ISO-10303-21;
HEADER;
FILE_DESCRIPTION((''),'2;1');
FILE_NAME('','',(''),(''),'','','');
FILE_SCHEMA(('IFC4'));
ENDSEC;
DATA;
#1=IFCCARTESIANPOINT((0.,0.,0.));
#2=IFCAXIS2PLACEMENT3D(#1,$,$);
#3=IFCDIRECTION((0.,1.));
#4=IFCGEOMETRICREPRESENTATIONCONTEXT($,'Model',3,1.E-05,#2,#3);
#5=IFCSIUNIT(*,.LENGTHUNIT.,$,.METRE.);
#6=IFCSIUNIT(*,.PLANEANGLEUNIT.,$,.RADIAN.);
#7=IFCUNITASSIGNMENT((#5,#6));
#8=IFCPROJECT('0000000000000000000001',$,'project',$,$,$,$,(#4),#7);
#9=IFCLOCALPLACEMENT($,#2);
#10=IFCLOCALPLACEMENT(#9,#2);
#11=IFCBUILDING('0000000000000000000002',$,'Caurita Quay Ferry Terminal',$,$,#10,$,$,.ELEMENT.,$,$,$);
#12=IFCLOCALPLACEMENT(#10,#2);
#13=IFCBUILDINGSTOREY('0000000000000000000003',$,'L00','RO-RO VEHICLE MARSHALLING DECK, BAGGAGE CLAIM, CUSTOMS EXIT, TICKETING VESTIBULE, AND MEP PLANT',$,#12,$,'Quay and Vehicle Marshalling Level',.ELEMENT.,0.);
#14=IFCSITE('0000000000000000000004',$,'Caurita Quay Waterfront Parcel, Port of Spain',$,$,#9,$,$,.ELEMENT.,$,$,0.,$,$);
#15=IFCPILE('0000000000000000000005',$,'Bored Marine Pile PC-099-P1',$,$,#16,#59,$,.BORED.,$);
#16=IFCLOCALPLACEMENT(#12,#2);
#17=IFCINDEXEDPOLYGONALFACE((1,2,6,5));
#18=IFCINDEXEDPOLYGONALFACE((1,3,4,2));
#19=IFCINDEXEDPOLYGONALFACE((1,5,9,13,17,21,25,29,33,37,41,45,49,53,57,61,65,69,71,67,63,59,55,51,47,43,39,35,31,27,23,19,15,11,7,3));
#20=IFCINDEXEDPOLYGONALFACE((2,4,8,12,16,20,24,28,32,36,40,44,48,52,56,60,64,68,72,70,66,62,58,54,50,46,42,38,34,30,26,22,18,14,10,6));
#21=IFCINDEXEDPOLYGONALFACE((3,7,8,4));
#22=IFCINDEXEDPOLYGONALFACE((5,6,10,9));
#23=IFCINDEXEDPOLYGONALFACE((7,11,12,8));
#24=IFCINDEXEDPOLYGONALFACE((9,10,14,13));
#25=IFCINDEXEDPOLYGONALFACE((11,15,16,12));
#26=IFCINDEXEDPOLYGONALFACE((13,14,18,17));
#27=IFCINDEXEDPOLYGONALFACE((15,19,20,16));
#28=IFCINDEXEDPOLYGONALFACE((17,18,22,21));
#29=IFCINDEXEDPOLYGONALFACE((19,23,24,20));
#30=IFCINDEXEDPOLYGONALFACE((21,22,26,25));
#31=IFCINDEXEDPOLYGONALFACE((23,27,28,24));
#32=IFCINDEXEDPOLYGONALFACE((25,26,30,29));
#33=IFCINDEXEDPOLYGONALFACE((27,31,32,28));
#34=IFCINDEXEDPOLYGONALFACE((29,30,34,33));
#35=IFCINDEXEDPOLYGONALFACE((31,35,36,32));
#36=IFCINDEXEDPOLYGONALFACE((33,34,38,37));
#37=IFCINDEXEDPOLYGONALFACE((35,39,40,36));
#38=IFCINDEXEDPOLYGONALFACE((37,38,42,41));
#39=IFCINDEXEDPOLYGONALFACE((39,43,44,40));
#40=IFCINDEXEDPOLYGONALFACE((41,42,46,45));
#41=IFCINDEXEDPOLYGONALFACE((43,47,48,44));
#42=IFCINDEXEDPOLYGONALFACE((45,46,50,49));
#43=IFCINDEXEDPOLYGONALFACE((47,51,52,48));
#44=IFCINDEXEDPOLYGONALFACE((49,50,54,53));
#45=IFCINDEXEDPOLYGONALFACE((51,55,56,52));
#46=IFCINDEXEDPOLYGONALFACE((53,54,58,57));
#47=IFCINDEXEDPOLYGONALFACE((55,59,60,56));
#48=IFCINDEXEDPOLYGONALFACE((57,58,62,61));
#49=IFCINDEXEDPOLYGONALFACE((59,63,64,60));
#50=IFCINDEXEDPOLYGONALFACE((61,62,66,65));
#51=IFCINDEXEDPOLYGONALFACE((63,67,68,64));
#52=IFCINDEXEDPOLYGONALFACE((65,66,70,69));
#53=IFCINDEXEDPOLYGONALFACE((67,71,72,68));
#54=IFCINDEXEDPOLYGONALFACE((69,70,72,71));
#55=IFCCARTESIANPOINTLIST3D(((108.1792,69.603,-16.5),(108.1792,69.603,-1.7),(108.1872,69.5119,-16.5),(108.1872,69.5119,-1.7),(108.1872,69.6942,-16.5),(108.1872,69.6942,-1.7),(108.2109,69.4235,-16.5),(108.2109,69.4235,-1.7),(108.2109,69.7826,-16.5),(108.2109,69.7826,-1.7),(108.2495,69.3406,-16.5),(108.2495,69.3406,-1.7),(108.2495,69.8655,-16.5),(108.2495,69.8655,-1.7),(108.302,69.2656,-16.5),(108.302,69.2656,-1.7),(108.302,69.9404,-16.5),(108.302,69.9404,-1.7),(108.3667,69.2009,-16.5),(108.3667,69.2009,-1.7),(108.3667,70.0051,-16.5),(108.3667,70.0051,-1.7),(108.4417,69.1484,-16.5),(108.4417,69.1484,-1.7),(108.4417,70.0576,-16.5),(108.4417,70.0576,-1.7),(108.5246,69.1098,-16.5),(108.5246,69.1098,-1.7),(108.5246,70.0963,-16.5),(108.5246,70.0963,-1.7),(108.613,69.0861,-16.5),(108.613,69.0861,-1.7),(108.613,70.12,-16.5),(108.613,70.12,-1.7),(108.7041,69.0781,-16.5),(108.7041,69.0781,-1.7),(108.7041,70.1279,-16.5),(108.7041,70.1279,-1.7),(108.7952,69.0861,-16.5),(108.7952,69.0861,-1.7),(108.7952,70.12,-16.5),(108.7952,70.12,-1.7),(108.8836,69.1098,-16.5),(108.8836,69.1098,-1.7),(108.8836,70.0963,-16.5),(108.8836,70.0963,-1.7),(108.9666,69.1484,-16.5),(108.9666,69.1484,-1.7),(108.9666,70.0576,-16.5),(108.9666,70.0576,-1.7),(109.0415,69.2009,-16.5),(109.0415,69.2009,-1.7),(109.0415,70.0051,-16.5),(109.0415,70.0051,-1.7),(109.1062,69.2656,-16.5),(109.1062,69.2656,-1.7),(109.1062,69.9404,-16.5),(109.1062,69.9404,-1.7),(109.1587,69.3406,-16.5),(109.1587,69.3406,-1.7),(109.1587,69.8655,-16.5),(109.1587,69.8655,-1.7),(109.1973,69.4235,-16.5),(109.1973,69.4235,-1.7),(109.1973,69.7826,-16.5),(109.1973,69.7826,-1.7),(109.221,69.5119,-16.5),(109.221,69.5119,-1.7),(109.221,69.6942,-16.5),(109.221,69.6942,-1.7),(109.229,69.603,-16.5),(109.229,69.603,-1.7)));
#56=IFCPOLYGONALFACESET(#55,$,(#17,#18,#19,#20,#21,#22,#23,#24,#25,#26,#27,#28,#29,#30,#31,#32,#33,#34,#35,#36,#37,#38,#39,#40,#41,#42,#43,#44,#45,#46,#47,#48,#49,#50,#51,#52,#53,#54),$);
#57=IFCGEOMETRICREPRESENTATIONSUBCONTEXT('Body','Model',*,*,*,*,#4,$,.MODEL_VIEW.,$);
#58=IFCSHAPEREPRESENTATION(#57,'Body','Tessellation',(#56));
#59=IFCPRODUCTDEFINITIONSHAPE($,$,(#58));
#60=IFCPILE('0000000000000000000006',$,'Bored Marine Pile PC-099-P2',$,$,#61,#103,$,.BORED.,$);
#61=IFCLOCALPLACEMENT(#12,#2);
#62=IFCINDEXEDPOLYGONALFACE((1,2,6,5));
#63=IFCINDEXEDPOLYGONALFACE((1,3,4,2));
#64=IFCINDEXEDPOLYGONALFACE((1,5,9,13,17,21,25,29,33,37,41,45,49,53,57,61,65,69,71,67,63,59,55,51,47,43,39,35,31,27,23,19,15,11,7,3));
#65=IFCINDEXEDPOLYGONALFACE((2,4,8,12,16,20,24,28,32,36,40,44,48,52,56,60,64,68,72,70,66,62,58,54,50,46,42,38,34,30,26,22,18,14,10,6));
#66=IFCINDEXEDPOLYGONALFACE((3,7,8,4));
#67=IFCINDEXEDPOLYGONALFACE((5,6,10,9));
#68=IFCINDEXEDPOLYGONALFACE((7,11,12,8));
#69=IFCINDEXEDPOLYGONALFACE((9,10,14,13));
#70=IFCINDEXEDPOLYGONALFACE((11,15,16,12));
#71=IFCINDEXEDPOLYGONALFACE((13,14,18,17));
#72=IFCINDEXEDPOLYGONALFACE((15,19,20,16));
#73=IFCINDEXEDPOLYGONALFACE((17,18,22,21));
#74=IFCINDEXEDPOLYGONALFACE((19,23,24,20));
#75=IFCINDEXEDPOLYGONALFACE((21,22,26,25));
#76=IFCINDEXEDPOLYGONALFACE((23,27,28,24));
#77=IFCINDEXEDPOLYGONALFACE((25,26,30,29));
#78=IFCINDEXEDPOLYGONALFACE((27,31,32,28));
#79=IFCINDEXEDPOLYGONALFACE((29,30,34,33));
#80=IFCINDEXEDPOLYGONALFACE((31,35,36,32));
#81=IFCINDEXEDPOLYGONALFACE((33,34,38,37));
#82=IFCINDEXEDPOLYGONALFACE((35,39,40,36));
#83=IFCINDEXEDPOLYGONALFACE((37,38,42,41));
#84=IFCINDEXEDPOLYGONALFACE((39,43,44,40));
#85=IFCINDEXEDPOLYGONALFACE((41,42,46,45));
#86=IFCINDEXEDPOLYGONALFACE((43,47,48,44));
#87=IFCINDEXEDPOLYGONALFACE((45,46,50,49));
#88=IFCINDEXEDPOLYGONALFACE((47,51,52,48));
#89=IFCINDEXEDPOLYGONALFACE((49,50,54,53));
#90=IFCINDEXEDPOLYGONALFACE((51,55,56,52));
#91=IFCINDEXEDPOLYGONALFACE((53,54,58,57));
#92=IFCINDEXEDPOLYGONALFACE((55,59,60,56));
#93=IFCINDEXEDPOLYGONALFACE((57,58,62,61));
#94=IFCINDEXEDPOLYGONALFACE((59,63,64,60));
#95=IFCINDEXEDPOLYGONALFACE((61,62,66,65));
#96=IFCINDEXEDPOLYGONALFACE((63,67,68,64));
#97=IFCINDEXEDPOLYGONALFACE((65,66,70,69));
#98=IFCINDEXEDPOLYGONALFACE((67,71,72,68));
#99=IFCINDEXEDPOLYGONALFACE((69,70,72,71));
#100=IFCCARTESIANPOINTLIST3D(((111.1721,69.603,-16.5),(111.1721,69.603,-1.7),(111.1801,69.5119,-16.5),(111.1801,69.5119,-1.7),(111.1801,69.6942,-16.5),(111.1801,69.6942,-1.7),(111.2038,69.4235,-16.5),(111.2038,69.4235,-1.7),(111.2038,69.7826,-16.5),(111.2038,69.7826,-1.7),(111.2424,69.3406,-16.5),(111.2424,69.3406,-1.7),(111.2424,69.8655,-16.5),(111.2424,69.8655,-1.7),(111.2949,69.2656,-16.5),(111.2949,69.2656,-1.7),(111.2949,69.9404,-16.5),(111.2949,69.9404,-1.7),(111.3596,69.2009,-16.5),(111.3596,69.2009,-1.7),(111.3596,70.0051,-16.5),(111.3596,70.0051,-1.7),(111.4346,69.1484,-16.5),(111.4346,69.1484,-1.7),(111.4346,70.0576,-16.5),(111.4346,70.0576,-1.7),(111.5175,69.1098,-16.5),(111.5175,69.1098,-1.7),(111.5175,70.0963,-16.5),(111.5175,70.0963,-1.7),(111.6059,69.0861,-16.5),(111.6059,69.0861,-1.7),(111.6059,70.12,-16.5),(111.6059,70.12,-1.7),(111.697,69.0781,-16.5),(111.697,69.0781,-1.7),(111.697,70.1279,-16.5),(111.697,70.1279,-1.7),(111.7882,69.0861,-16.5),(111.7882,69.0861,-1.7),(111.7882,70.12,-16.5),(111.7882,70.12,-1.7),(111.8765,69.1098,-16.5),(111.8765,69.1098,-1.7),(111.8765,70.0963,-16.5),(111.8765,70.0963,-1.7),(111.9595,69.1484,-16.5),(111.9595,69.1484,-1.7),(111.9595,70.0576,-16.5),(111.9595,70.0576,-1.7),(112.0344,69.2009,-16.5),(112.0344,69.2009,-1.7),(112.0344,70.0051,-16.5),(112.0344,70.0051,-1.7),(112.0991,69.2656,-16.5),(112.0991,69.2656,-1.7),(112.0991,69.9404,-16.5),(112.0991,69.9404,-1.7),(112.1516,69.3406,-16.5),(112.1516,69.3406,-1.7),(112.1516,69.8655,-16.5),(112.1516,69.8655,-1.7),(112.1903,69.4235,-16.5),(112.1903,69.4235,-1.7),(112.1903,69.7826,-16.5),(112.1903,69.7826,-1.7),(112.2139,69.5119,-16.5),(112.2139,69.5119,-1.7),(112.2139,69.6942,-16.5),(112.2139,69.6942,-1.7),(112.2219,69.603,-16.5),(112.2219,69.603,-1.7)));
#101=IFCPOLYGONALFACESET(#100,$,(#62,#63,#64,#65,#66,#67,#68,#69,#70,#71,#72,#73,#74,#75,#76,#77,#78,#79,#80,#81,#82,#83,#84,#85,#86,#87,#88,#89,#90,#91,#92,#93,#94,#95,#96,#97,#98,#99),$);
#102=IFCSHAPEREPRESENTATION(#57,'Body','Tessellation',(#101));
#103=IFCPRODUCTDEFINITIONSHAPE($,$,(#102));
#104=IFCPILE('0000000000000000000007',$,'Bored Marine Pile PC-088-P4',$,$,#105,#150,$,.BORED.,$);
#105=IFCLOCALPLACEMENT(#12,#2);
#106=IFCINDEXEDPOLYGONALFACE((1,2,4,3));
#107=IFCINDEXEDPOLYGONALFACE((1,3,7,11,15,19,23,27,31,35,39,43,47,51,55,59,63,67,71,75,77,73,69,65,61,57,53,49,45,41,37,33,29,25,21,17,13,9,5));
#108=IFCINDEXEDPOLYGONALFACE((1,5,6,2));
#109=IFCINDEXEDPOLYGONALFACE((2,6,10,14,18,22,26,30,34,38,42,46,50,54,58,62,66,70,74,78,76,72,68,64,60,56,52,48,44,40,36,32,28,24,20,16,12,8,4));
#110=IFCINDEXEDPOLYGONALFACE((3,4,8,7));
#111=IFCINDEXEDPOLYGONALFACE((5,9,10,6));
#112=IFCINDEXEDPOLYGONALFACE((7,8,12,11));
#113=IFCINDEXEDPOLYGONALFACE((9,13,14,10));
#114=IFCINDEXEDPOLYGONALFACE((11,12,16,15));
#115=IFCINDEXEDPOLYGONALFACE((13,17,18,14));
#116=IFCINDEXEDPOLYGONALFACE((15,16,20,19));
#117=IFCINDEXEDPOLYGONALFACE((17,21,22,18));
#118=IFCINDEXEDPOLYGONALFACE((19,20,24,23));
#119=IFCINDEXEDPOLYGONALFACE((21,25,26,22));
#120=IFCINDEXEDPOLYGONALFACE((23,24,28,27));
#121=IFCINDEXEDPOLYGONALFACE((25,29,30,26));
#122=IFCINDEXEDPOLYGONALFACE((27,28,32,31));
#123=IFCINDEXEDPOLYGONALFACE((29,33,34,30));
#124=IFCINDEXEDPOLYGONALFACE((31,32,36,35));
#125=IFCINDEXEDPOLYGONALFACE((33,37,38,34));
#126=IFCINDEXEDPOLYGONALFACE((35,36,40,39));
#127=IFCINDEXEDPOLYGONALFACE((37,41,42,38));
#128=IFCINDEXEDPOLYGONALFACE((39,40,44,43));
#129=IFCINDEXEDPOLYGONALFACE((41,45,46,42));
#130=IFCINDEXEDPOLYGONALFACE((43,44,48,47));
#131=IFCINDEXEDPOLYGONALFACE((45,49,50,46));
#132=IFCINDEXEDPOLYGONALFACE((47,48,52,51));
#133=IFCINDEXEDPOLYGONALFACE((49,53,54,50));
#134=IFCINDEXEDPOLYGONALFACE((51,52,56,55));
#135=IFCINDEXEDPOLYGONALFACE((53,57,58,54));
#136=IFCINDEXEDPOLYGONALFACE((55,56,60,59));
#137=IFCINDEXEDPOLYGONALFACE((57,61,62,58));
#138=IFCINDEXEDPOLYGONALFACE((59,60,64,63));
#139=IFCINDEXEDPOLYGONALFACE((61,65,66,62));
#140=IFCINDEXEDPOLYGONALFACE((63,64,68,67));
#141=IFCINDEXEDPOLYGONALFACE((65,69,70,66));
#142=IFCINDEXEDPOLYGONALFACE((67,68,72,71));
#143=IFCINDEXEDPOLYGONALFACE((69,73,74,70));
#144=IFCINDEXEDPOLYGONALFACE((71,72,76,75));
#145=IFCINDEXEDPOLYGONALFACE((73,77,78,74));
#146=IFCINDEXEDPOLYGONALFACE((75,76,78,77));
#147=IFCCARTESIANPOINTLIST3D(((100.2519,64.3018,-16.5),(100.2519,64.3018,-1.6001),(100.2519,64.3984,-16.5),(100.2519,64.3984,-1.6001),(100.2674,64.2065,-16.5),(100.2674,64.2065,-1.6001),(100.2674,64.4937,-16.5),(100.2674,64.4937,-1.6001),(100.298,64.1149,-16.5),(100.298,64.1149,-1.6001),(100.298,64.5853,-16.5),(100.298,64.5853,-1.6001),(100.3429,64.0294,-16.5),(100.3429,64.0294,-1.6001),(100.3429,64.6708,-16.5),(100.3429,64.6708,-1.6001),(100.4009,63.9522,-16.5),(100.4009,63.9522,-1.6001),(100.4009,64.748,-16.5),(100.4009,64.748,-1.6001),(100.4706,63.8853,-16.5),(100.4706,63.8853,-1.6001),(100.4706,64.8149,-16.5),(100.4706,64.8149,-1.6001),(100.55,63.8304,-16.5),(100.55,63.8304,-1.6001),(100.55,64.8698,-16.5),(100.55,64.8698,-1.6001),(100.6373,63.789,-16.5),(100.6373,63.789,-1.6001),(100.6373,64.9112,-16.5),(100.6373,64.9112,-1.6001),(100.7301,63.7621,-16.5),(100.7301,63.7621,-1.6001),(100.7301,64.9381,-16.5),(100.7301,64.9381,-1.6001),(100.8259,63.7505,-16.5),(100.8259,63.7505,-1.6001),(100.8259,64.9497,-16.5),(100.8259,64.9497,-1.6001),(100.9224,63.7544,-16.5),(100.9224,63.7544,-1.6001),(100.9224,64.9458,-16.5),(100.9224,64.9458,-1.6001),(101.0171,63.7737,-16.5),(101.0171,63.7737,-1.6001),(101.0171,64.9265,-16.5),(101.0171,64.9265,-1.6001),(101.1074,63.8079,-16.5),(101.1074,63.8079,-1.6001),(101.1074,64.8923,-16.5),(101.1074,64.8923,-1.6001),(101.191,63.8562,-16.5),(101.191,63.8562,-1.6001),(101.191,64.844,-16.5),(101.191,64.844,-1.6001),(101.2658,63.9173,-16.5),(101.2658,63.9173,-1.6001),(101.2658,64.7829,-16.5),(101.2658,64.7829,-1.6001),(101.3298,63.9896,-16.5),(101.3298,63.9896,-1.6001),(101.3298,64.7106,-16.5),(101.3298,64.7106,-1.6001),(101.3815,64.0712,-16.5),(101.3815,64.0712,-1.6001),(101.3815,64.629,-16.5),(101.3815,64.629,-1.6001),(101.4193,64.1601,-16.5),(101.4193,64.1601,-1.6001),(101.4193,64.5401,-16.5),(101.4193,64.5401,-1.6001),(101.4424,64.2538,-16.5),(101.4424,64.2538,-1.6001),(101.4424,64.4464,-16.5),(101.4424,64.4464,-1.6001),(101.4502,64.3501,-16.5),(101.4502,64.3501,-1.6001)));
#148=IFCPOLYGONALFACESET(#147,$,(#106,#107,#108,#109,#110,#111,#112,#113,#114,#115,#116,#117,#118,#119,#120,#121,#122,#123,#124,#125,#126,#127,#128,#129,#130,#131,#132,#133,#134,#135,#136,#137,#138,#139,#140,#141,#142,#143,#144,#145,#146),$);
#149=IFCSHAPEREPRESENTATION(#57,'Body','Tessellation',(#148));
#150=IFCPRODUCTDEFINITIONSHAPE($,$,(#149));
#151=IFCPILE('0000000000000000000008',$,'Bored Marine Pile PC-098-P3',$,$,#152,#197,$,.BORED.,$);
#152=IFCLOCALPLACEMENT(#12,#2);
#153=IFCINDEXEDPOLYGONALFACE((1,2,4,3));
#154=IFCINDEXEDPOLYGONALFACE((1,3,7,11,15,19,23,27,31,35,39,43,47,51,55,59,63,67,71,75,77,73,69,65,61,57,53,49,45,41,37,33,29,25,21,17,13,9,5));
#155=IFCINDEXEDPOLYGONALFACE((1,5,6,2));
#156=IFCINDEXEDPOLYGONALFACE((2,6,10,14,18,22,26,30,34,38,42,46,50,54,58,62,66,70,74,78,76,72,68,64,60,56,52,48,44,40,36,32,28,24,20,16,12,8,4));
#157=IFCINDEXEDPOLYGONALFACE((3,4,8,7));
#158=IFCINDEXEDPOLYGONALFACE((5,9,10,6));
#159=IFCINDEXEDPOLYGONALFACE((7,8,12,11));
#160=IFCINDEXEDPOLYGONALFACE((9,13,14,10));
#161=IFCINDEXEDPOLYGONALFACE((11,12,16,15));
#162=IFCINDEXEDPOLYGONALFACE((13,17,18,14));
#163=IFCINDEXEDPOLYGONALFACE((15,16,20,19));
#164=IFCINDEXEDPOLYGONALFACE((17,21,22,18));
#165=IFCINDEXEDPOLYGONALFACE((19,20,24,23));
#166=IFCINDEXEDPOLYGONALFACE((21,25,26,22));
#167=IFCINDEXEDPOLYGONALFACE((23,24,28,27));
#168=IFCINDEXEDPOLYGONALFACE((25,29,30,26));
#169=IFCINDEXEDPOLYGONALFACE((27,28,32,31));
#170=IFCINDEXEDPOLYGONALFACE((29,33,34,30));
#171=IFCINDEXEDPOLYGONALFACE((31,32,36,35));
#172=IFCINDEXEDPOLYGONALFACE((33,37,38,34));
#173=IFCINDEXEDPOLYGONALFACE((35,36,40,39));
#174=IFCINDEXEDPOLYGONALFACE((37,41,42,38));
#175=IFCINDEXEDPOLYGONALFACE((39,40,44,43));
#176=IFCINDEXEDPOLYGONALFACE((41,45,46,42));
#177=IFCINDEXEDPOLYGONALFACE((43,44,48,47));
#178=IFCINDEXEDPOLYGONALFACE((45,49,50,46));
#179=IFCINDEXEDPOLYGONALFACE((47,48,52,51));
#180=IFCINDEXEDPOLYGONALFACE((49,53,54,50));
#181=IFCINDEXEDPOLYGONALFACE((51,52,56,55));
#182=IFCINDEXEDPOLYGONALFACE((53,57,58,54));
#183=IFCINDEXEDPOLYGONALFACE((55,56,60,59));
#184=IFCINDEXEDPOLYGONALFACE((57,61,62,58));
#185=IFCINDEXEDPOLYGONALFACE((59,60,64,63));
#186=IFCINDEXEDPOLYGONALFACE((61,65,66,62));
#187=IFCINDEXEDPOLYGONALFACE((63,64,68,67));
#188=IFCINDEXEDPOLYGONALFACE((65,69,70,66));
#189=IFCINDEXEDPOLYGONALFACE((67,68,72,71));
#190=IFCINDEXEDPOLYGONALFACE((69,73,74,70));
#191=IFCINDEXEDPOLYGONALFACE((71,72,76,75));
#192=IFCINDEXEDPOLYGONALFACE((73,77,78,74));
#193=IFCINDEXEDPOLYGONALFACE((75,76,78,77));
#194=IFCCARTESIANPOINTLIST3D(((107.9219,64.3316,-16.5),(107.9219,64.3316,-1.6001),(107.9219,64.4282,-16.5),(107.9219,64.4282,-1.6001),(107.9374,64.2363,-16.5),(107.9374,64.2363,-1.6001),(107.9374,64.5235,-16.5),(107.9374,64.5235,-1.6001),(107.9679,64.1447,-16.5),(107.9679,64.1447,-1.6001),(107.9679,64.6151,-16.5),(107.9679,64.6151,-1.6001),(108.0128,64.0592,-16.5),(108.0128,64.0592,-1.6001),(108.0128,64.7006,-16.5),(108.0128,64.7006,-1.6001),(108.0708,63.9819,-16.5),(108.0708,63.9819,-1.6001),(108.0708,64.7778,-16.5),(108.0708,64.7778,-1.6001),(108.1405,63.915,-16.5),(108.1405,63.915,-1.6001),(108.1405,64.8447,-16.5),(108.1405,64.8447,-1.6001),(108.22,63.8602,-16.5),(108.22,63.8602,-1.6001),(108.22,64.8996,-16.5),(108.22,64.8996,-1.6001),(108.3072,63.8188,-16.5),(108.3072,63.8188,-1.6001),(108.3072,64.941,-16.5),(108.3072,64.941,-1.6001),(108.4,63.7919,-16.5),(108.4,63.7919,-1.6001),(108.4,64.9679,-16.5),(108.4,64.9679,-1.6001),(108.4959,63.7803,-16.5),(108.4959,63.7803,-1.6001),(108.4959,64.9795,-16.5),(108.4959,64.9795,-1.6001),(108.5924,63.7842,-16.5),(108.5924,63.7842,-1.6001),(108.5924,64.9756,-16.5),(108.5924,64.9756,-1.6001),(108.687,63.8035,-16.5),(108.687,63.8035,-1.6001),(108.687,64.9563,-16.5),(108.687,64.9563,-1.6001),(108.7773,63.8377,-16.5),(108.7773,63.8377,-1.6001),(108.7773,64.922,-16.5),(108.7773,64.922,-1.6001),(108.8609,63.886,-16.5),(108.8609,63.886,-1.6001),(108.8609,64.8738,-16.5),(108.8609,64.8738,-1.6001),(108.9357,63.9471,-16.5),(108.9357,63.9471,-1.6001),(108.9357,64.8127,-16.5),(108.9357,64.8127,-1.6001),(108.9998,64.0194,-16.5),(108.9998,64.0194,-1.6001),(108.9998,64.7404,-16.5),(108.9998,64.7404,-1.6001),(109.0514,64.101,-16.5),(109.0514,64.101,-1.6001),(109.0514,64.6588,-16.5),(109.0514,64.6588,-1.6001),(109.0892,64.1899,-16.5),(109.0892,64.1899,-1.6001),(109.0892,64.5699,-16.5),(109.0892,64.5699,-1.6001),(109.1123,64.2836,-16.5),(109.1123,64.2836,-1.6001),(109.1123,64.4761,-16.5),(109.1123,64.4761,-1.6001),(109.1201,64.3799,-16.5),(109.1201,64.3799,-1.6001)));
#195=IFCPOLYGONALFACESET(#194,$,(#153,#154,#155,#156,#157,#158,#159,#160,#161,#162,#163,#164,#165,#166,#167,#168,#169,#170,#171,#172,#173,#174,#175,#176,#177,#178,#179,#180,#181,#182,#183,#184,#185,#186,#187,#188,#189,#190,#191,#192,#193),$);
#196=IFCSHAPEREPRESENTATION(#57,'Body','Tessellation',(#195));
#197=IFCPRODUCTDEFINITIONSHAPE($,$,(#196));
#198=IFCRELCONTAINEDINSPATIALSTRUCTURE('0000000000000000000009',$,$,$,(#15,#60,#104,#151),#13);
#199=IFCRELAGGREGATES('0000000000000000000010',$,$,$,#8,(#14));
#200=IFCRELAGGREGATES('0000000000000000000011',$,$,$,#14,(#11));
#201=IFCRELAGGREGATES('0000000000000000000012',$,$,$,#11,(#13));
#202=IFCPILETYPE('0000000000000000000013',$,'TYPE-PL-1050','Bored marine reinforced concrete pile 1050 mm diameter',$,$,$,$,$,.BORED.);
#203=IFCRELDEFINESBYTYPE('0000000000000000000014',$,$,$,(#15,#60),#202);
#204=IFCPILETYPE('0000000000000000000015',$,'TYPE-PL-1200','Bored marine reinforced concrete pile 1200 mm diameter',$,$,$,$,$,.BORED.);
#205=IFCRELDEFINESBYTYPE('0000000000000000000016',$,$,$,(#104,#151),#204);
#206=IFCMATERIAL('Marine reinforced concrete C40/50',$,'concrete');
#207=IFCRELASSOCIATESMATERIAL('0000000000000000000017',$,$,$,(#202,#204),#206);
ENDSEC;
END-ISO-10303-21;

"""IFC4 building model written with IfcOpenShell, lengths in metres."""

from ifc_helpers import new_model, si_unit, direction, frame, origin, origin_2d, place, context, subcontext, project, spatial, circle, extrude, material, material_profile, profile_set, type_object, element, save


model = new_model("IFC4")

# Units and contexts
model_context = context("Model", 3, precision=1e-05, world=origin(), true_north=direction((0.0, 1.0)))
body_context = subcontext(model_context, "Body", "Model", "MODEL_VIEW")
ifc_project = project(units=[si_unit("LENGTHUNIT", "METRE"), si_unit("PLANEANGLEUNIT", "RADIAN")], contexts=[model_context])

# Site, building, storey
site_placement = place(None, origin())
site = spatial("IfcSite", under=ifc_project, at=site_placement, Name="Caurita Quay Waterfront Parcel, Port of Spain", CompositionType="ELEMENT", RefElevation=0.0)
building_placement = place(site_placement, origin())
building = spatial("IfcBuilding", under=site, at=building_placement, Name="Caurita Quay Ferry Terminal", CompositionType="ELEMENT")
storey_placement = place(building_placement, origin())
storey = spatial("IfcBuildingStorey", under=building, at=storey_placement, Name="L00", Description="RO-RO VEHICLE MARSHALLING DECK, BAGGAGE CLAIM, CUSTOMS EXIT, TICKETING VESTIBULE, AND MEP PLANT", LongName="Quay and Vehicle Marshalling Level", CompositionType="ELEMENT", Elevation=0.0)

# Piles
ifc_material_1 = material(Name="Marine reinforced concrete C40/50", Category="concrete")
ifc_material_profile_1 = material_profile(ifc_material_1, circle(Radius=0.5249, at=origin_2d()), Name="PILE-D1050")
ifc_profile_set_1 = profile_set([ifc_material_profile_1], Name="Marine reinforced concrete C40/50")
pile_type_1 = type_object("IfcPileType", Name="TYPE-PL-1050", Description="Bored marine reinforced concrete pile 1050 mm diameter", PredefinedType="BORED", material=ifc_profile_set_1)
for number, where, z_axis, x_axis, name in (
    (1, (108.7041, 69.603, -1.7), (0.0, 0.0, -1.0), (1.0, 0.0, 0.0), "Bored Marine Pile PC-099-P1"),
    (2, (111.697, 69.603, -1.7), (0.0, 0.0, -1.0), (1.0, 0.0, 0.0), "Bored Marine Pile PC-099-P2"),
):
    element("IfcPile", number, at=place(storey_placement, frame(where, z_axis=z_axis, x_axis=x_axis)), inside=storey, type_object=pile_type_1, Name=name, PredefinedType="BORED", context=body_context, shape_type="SweptSolid", body=[
        extrude(circle(Radius=0.5249, at=origin_2d()), origin(), (0.0, 0.0, 1.0), 14.8),
    ])
ifc_material_profile_2 = material_profile(ifc_material_1, circle(Radius=0.6001, at=origin_2d()), Name="PILE-D1200")
ifc_profile_set_2 = profile_set([ifc_material_profile_2], Name="Marine reinforced concrete C40/50")
pile_type_2 = type_object("IfcPileType", Name="TYPE-PL-1200", Description="Bored marine reinforced concrete pile 1200 mm diameter", PredefinedType="BORED", material=ifc_profile_set_2)
for number, where, z_axis, x_axis, name in (
    (3, (100.8501, 64.3501, -1.6001), (0.0, 0.0, -1.0), (1.0, 0.0, 0.0), "Bored Marine Pile PC-088-P4"),
    (4, (108.52, 64.3799, -1.6001), (0.0, 0.0, -1.0), (1.0, 0.0, 0.0), "Bored Marine Pile PC-098-P3"),
):
    element("IfcPile", number, at=place(storey_placement, frame(where, z_axis=z_axis, x_axis=x_axis)), inside=storey, type_object=pile_type_2, Name=name, PredefinedType="BORED", context=body_context, shape_type="SweptSolid", body=[
        extrude(circle(Radius=0.6001, at=origin_2d()), origin(), (0.0, 0.0, 1.0), 14.8999),
    ])

save(model, "model.ifc")
